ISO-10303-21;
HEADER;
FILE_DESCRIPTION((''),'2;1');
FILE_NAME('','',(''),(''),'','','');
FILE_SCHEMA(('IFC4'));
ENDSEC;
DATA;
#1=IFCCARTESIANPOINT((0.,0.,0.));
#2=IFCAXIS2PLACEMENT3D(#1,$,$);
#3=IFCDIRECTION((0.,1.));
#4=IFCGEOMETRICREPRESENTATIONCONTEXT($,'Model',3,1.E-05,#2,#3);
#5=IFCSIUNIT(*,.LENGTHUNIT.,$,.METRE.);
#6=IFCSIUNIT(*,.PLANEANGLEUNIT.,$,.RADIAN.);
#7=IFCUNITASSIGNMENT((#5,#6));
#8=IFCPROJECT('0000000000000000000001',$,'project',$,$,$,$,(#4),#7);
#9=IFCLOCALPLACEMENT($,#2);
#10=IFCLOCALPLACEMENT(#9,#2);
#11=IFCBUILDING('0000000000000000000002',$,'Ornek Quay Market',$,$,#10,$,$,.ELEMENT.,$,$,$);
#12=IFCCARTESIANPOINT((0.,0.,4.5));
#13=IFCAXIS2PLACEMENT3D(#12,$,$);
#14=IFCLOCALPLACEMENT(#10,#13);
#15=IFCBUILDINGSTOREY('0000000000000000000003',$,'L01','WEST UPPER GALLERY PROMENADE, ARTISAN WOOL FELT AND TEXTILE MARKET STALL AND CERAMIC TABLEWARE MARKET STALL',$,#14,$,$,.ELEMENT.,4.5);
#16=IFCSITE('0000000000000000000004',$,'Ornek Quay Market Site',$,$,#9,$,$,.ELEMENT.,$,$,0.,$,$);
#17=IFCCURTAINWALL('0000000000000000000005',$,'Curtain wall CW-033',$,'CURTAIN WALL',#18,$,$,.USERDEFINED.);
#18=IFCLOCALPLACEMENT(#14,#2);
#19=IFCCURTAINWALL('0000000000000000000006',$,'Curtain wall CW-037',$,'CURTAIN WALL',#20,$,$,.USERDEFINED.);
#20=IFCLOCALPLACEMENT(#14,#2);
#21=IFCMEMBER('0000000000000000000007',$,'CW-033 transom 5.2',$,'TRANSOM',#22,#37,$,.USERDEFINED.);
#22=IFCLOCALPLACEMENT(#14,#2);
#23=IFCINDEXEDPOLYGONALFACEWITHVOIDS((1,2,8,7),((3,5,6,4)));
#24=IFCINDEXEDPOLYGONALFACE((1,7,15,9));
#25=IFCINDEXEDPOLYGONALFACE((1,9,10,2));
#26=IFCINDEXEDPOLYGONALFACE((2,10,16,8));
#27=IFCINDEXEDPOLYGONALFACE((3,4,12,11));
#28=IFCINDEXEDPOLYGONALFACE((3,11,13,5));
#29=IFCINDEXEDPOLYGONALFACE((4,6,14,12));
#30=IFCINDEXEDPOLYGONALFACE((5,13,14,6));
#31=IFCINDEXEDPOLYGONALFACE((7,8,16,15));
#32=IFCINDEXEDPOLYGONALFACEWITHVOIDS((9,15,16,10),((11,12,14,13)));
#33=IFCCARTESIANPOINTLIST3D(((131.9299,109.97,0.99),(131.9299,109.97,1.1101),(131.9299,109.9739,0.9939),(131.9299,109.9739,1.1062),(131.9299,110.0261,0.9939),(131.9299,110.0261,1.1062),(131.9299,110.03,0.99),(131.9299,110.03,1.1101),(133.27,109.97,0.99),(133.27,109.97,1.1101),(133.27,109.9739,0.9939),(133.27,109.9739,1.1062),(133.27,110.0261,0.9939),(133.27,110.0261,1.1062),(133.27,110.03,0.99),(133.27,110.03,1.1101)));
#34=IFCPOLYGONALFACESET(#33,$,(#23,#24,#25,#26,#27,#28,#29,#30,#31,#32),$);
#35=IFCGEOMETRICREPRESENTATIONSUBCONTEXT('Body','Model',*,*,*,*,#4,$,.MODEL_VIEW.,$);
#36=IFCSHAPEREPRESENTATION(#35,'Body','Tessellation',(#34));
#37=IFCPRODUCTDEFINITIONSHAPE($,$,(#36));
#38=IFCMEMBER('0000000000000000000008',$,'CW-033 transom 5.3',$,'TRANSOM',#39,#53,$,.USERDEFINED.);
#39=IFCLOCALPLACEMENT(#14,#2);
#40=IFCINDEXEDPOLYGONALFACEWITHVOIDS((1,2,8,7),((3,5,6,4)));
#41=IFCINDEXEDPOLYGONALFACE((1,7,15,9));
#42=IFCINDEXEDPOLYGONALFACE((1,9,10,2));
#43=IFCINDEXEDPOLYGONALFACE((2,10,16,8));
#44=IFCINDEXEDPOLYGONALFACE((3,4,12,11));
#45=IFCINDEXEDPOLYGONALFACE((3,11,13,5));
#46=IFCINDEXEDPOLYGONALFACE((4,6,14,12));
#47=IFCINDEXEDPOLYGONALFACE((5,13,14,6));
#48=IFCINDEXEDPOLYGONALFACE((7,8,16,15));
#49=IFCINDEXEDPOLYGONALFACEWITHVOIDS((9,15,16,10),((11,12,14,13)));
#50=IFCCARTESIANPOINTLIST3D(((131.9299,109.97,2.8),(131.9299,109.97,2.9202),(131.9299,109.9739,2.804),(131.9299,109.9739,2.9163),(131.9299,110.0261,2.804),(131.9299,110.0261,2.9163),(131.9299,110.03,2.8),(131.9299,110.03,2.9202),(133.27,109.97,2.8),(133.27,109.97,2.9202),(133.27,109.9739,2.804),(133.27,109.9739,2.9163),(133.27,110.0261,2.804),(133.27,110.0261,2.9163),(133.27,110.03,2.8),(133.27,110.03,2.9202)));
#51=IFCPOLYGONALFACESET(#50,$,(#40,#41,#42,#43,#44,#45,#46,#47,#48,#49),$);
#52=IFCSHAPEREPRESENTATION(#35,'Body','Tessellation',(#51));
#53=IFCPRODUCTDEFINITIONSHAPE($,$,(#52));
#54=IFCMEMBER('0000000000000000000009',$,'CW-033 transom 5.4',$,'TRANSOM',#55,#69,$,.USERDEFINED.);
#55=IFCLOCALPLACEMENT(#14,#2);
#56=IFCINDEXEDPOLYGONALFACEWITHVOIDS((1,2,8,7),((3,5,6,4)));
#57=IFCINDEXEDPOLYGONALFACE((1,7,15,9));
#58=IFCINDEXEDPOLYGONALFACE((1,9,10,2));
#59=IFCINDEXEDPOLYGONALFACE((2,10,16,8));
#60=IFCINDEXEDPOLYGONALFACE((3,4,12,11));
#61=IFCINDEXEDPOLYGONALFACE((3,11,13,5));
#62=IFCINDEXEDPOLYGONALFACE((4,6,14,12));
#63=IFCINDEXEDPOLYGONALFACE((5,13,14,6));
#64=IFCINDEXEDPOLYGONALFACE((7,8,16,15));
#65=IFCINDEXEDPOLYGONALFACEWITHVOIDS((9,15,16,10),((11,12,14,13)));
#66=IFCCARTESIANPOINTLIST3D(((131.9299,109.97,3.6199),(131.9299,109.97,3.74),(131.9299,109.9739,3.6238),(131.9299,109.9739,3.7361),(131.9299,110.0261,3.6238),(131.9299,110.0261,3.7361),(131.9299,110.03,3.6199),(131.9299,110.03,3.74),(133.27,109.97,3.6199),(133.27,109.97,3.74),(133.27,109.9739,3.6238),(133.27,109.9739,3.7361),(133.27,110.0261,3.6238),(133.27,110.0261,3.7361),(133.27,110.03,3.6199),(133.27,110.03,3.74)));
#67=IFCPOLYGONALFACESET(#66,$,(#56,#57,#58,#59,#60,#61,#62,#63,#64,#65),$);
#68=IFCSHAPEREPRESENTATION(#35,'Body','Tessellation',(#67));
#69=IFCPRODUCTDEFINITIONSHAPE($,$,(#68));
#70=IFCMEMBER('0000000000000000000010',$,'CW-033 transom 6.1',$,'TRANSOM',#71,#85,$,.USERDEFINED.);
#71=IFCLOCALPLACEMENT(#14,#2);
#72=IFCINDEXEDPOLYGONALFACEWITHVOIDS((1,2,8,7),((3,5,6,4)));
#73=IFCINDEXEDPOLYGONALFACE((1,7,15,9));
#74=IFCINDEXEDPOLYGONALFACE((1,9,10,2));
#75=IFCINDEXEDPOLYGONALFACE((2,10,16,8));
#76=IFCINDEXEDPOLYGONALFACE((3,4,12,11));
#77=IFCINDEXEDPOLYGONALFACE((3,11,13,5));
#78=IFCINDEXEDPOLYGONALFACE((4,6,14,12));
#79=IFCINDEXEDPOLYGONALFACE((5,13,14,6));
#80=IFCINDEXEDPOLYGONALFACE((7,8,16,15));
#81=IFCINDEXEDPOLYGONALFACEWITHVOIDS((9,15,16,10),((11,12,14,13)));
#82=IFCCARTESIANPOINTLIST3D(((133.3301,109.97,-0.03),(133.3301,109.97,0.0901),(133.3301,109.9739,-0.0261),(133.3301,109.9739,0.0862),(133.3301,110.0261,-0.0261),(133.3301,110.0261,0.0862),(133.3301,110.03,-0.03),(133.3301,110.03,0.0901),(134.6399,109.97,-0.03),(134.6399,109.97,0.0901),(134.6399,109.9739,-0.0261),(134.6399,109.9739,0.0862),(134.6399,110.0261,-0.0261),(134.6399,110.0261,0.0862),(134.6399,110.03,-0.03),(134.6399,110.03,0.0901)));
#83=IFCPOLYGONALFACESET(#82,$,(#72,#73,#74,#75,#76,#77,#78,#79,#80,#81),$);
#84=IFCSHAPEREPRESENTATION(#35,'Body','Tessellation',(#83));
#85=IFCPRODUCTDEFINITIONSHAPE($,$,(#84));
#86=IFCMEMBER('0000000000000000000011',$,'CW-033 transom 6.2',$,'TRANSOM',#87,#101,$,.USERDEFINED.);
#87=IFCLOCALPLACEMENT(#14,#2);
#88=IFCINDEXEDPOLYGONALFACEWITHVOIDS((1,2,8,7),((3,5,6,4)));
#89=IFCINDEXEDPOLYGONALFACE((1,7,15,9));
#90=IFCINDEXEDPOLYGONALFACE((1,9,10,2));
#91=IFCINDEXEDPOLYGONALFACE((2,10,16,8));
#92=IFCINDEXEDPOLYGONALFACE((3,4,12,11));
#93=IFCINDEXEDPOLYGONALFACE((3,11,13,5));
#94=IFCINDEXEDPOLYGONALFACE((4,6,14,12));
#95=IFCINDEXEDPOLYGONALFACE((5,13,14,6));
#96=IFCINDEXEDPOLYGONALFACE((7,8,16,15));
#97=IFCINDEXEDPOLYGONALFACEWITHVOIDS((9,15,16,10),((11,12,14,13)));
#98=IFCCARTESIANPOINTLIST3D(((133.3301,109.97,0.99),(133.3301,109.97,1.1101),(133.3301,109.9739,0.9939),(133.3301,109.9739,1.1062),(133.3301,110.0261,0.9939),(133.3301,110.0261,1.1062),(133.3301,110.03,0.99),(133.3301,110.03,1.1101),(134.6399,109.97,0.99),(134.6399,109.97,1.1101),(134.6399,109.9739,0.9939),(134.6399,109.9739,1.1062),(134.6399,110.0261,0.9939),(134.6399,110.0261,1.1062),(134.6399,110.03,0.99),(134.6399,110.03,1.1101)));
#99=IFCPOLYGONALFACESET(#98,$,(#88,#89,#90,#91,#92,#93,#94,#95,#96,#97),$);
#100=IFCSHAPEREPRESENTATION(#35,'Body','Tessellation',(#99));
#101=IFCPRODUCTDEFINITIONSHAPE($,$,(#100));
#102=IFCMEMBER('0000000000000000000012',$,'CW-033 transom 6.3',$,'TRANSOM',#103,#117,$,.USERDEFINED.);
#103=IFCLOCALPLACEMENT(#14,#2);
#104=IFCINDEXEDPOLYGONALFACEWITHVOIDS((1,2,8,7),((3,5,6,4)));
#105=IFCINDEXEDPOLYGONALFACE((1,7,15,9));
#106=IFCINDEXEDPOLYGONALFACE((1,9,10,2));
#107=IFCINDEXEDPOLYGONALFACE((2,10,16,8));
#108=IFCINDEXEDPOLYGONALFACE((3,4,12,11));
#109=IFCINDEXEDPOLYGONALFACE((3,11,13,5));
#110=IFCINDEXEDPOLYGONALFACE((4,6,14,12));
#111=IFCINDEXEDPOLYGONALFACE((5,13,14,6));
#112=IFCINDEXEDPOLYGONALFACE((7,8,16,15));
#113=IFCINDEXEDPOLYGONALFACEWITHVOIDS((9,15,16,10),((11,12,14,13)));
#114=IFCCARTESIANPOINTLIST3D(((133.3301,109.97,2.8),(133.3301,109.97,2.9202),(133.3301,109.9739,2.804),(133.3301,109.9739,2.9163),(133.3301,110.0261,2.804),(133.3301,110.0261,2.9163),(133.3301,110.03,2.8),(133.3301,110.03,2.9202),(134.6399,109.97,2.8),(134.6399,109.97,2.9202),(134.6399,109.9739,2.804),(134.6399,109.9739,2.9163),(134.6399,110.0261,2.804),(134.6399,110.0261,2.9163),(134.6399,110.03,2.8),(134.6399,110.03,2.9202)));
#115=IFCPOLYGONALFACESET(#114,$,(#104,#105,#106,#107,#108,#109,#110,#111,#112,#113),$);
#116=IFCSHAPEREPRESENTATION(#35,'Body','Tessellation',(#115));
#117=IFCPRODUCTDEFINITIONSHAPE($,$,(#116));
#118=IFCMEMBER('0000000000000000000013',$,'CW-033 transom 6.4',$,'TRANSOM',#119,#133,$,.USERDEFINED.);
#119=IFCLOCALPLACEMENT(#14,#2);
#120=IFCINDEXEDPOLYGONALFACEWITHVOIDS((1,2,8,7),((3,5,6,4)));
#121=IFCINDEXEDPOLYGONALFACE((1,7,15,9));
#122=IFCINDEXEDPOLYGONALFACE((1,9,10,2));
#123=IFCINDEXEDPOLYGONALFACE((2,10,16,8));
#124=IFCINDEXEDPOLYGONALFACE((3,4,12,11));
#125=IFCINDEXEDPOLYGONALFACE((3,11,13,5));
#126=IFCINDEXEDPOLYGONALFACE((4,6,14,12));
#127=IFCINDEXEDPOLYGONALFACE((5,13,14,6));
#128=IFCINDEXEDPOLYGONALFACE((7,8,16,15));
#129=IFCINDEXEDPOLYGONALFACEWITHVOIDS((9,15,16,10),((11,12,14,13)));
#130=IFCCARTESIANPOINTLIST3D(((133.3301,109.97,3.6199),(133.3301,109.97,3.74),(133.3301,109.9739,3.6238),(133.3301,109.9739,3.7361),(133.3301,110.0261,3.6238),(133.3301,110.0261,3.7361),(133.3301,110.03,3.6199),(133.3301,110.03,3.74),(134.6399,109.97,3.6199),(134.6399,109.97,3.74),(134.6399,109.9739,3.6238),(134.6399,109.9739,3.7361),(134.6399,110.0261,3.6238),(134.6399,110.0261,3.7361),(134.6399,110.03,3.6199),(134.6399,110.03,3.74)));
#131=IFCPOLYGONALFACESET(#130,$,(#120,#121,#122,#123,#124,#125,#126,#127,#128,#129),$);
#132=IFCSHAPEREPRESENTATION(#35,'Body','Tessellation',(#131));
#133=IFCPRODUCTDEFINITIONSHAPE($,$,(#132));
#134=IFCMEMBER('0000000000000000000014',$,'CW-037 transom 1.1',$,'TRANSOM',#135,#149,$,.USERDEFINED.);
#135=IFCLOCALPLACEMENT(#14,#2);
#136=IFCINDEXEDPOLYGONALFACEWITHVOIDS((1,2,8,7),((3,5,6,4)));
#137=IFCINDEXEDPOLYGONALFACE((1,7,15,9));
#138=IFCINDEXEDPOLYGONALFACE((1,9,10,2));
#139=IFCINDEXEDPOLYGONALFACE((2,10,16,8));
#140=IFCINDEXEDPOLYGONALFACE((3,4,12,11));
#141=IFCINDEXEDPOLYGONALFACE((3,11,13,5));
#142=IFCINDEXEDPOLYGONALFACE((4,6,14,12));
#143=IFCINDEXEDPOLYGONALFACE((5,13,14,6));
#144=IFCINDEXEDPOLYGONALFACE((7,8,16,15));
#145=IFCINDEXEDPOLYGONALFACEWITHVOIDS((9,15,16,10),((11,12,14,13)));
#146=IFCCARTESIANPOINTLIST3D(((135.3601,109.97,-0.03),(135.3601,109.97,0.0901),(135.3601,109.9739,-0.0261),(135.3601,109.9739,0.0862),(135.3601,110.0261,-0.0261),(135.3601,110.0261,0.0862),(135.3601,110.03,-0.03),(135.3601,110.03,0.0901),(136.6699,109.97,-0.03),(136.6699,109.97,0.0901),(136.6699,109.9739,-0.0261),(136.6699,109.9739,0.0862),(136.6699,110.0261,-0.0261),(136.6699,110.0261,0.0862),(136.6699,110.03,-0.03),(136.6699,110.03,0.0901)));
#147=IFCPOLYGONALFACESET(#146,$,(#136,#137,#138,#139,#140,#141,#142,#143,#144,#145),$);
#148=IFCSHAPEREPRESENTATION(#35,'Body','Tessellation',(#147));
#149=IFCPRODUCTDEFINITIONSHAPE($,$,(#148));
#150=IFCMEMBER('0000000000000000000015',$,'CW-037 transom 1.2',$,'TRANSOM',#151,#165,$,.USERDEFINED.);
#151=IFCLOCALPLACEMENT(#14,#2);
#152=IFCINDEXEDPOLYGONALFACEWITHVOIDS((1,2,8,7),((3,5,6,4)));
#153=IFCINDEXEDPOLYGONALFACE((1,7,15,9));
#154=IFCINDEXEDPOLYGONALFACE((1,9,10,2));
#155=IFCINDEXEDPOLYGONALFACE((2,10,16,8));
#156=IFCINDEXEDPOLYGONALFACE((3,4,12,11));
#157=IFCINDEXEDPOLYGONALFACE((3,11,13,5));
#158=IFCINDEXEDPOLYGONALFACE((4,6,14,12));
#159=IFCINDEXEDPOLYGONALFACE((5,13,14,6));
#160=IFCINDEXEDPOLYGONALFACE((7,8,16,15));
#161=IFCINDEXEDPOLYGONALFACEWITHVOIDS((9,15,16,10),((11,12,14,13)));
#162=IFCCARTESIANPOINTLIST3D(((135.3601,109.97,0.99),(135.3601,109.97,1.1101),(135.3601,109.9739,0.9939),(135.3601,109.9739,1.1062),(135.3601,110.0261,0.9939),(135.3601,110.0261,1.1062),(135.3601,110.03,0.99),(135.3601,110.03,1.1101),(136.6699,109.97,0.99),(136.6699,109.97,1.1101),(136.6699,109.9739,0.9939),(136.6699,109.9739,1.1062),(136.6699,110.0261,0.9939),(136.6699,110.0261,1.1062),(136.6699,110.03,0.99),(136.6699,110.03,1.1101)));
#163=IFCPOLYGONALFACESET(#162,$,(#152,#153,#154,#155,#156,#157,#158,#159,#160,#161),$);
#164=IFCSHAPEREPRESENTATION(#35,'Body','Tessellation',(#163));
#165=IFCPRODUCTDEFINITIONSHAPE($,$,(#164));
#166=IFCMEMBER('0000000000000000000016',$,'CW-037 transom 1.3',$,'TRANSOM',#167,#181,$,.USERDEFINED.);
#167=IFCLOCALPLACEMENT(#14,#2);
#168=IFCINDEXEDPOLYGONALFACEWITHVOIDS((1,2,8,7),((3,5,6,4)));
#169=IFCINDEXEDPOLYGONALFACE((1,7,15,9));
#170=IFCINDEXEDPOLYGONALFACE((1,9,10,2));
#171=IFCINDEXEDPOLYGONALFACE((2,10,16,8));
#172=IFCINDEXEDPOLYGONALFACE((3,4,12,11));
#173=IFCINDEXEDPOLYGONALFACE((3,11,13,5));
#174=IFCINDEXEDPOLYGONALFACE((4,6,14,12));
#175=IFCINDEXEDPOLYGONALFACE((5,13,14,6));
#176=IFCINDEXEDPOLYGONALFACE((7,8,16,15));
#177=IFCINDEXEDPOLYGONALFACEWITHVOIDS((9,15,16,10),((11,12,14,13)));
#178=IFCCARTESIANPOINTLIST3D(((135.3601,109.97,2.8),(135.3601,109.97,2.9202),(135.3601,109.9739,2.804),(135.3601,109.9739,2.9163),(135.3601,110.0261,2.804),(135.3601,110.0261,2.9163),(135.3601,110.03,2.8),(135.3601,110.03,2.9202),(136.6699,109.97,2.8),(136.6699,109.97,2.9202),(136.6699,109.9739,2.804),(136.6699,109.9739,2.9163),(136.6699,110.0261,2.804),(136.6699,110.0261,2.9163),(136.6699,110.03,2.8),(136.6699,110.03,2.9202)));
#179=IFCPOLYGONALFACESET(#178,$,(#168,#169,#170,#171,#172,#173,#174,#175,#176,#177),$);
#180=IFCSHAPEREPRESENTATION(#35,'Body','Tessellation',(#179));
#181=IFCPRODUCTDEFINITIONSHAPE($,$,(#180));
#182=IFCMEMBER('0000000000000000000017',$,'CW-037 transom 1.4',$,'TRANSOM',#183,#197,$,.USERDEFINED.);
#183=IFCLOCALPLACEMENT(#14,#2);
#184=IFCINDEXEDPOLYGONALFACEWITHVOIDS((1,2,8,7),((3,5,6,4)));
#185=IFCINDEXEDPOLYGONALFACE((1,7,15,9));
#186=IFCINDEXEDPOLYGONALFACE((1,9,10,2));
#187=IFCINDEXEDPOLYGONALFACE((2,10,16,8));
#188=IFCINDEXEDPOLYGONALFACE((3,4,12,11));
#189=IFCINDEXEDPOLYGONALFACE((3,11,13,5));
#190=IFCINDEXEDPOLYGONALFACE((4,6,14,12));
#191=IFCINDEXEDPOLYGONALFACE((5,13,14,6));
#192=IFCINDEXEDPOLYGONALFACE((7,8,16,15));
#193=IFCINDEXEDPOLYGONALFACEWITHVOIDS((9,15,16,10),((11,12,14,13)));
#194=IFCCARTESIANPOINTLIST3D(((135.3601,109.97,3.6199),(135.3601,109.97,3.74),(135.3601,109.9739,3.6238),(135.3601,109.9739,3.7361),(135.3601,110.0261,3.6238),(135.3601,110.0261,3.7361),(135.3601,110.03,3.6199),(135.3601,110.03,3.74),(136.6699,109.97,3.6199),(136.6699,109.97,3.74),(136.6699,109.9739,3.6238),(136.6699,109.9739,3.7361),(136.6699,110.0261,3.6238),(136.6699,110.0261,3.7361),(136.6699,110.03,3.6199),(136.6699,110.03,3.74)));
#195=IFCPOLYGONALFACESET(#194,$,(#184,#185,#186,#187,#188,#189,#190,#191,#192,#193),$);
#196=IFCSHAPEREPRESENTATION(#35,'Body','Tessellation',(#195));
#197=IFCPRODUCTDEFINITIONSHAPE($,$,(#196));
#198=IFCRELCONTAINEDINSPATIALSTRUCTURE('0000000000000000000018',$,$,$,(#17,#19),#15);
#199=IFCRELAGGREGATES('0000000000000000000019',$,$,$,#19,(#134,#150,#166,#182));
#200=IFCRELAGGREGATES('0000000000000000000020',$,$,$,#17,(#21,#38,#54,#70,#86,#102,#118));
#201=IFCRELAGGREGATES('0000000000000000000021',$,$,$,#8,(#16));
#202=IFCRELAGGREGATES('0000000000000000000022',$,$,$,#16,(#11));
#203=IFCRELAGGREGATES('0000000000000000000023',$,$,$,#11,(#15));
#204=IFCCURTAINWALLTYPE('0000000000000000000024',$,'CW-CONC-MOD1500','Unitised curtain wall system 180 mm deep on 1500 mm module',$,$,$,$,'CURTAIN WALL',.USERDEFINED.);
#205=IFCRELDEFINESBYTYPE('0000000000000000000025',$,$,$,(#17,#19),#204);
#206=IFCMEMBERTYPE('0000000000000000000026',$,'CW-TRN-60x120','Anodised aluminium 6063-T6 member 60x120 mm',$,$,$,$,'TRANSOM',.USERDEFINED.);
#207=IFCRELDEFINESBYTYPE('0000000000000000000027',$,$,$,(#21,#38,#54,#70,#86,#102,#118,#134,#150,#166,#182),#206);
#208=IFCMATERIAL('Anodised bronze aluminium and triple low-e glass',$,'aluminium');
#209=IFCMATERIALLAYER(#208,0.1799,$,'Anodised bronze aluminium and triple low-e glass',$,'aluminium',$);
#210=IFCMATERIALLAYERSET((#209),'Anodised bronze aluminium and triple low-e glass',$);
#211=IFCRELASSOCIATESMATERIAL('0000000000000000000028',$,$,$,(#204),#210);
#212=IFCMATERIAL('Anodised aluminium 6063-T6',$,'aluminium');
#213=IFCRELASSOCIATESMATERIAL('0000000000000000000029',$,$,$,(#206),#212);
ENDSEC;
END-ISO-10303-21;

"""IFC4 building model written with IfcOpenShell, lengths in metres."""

from ifc_helpers import new_model, si_unit, direction, frame, origin, origin_2d, place, context, subcontext, project, spatial, hollow_rectangle, extrude, material, layer, layer_set, material_profile, profile_set, type_object, element, aggregate, save


model = new_model("IFC4")

# Units and contexts
model_context = context("Model", 3, precision=1e-05, world=origin(), true_north=direction((0.0, 1.0)))
body_context = subcontext(model_context, "Body", "Model", "MODEL_VIEW")
ifc_project = project(units=[si_unit("LENGTHUNIT", "METRE"), si_unit("PLANEANGLEUNIT", "RADIAN")], contexts=[model_context])

# Site, building, storey
site_placement = place(None, origin())
site = spatial("IfcSite", under=ifc_project, at=site_placement, Name="Ornek Quay Market Site", CompositionType="ELEMENT", RefElevation=0.0)
building_placement = place(site_placement, origin())
building = spatial("IfcBuilding", under=site, at=building_placement, Name="Ornek Quay Market", CompositionType="ELEMENT")
storey_placement = place(building_placement, frame((0.0, 0.0, 4.5)))
storey = spatial("IfcBuildingStorey", under=building, at=storey_placement, Name="L01", Description="WEST UPPER GALLERY PROMENADE, ARTISAN WOOL FELT AND TEXTILE MARKET STALL AND CERAMIC TABLEWARE MARKET STALL", CompositionType="ELEMENT", Elevation=4.5)

# Curtain wall
ifc_material_1 = material(Name="Anodised bronze aluminium and triple low-e glass", Category="aluminium")
ifc_layer_1 = layer(ifc_material_1, 0.1799, Name="Anodised bronze aluminium and triple low-e glass", Category="aluminium")
ifc_layer_set_1 = layer_set([ifc_layer_1], Name="Anodised bronze aluminium and triple low-e glass")
curtain_wall_type = type_object("IfcCurtainWallType", Name="CW-CONC-MOD1500", Description="Unitised curtain wall system 180 mm deep on 1500 mm module", ElementType="CURTAIN WALL", PredefinedType="USERDEFINED", material=ifc_layer_set_1)
curtain_wall_1_placement = place(storey_placement, origin())
curtain_wall_1 = element("IfcCurtainWall", 1, at=curtain_wall_1_placement, inside=storey, type_object=curtain_wall_type, Name="Curtain wall CW-033", ObjectType="CURTAIN WALL", PredefinedType="USERDEFINED")
ifc_material_2 = material(Name="Anodised aluminium 6063-T6", Category="aluminium")

# Curtain wall
curtain_wall_2_placement = place(storey_placement, origin())
curtain_wall_2 = element("IfcCurtainWall", 2, at=curtain_wall_2_placement, inside=storey, type_object=curtain_wall_type, Name="Curtain wall CW-037", ObjectType="CURTAIN WALL", PredefinedType="USERDEFINED")

# Members
ifc_material_profile_1 = material_profile(ifc_material_2, hollow_rectangle(XDim=0.0601, YDim=0.1201, WallThickness=0.0039, at=origin_2d()), Name="CW-TRN-60x120", Category="aluminium")
ifc_profile_set_1 = profile_set([ifc_material_profile_1], Name="Anodised aluminium 6063-T6")
member_type_1 = type_object("IfcMemberType", Name="CW-TRN-60x120", Description="Anodised aluminium 6063-T6 member 60x120 mm", ElementType="TRANSOM", PredefinedType="USERDEFINED", material=ifc_profile_set_1)
member_1_placement = place(storey_placement, frame((131.9299, 110.0, 1.05), z_axis=(1.0, 0.0, 0.0), x_axis=(0.0, 1.0, 0.0)))
member_1 = element("IfcMember", 3, at=member_1_placement, type_object=member_type_1, Name="CW-033 transom 5.2", ObjectType="TRANSOM", PredefinedType="USERDEFINED", context=body_context, shape_type="SweptSolid", body=[
    extrude(hollow_rectangle(XDim=0.0601, YDim=0.1201, WallThickness=0.0039, at=origin_2d()), origin(), (0.0, 0.0, 1.0), 1.3401),
])
member_2_placement = place(storey_placement, frame((131.9299, 110.0, 2.8601), z_axis=(1.0, 0.0, 0.0), x_axis=(0.0, 1.0, 0.0)))
member_2 = element("IfcMember", 4, at=member_2_placement, type_object=member_type_1, Name="CW-033 transom 5.3", ObjectType="TRANSOM", PredefinedType="USERDEFINED", context=body_context, shape_type="SweptSolid", body=[
    extrude(hollow_rectangle(XDim=0.0601, YDim=0.1201, WallThickness=0.0039, at=origin_2d()), origin(), (0.0, 0.0, 1.0), 1.3401),
])
member_3_placement = place(storey_placement, frame((131.9299, 110.0, 3.6799), z_axis=(1.0, 0.0, 0.0), x_axis=(0.0, 1.0, 0.0)))
member_3 = element("IfcMember", 5, at=member_3_placement, type_object=member_type_1, Name="CW-033 transom 5.4", ObjectType="TRANSOM", PredefinedType="USERDEFINED", context=body_context, shape_type="SweptSolid", body=[
    extrude(hollow_rectangle(XDim=0.0601, YDim=0.1201, WallThickness=0.0039, at=origin_2d()), origin(), (0.0, 0.0, 1.0), 1.3401),
])
member_4_placement = place(storey_placement, frame((133.3301, 110.0, 0.03), z_axis=(1.0, 0.0, 0.0), x_axis=(0.0, 1.0, 0.0)))
member_4 = element("IfcMember", 6, at=member_4_placement, type_object=member_type_1, Name="CW-033 transom 6.1", ObjectType="TRANSOM", PredefinedType="USERDEFINED", context=body_context, shape_type="SweptSolid", body=[
    extrude(hollow_rectangle(XDim=0.0601, YDim=0.1201, WallThickness=0.0039, at=origin_2d()), origin(), (0.0, 0.0, 1.0), 1.3098),
])
member_5_placement = place(storey_placement, frame((133.3301, 110.0, 1.05), z_axis=(1.0, 0.0, 0.0), x_axis=(0.0, 1.0, 0.0)))
member_5 = element("IfcMember", 7, at=member_5_placement, type_object=member_type_1, Name="CW-033 transom 6.2", ObjectType="TRANSOM", PredefinedType="USERDEFINED", context=body_context, shape_type="SweptSolid", body=[
    extrude(hollow_rectangle(XDim=0.0601, YDim=0.1201, WallThickness=0.0039, at=origin_2d()), origin(), (0.0, 0.0, 1.0), 1.3098),
])
member_6_placement = place(storey_placement, frame((133.3301, 110.0, 2.8601), z_axis=(1.0, 0.0, 0.0), x_axis=(0.0, 1.0, 0.0)))
member_6 = element("IfcMember", 8, at=member_6_placement, type_object=member_type_1, Name="CW-033 transom 6.3", ObjectType="TRANSOM", PredefinedType="USERDEFINED", context=body_context, shape_type="SweptSolid", body=[
    extrude(hollow_rectangle(XDim=0.0601, YDim=0.1201, WallThickness=0.0039, at=origin_2d()), origin(), (0.0, 0.0, 1.0), 1.3098),
])
member_7_placement = place(storey_placement, frame((133.3301, 110.0, 3.6799), z_axis=(1.0, 0.0, 0.0), x_axis=(0.0, 1.0, 0.0)))
member_7 = element("IfcMember", 9, at=member_7_placement, type_object=member_type_1, Name="CW-033 transom 6.4", ObjectType="TRANSOM", PredefinedType="USERDEFINED", context=body_context, shape_type="SweptSolid", body=[
    extrude(hollow_rectangle(XDim=0.0601, YDim=0.1201, WallThickness=0.0039, at=origin_2d()), origin(), (0.0, 0.0, 1.0), 1.3098),
])
member_8_placement = place(storey_placement, frame((135.3601, 110.0, 0.03), z_axis=(1.0, 0.0, 0.0), x_axis=(0.0, 1.0, 0.0)))
member_8 = element("IfcMember", 10, at=member_8_placement, type_object=member_type_1, Name="CW-037 transom 1.1", ObjectType="TRANSOM", PredefinedType="USERDEFINED", context=body_context, shape_type="SweptSolid", body=[
    extrude(hollow_rectangle(XDim=0.0601, YDim=0.1201, WallThickness=0.0039, at=origin_2d()), origin(), (0.0, 0.0, 1.0), 1.3098),
])
member_9_placement = place(storey_placement, frame((135.3601, 110.0, 1.05), z_axis=(1.0, 0.0, 0.0), x_axis=(0.0, 1.0, 0.0)))
member_9 = element("IfcMember", 11, at=member_9_placement, type_object=member_type_1, Name="CW-037 transom 1.2", ObjectType="TRANSOM", PredefinedType="USERDEFINED", context=body_context, shape_type="SweptSolid", body=[
    extrude(hollow_rectangle(XDim=0.0601, YDim=0.1201, WallThickness=0.0039, at=origin_2d()), origin(), (0.0, 0.0, 1.0), 1.3098),
])
member_10_placement = place(storey_placement, frame((135.3601, 110.0, 2.8601), z_axis=(1.0, 0.0, 0.0), x_axis=(0.0, 1.0, 0.0)))
member_10 = element("IfcMember", 12, at=member_10_placement, type_object=member_type_1, Name="CW-037 transom 1.3", ObjectType="TRANSOM", PredefinedType="USERDEFINED", context=body_context, shape_type="SweptSolid", body=[
    extrude(hollow_rectangle(XDim=0.0601, YDim=0.1201, WallThickness=0.0039, at=origin_2d()), origin(), (0.0, 0.0, 1.0), 1.3098),
])
member_11_placement = place(storey_placement, frame((135.3601, 110.0, 3.6799), z_axis=(1.0, 0.0, 0.0), x_axis=(0.0, 1.0, 0.0)))
member_11 = element("IfcMember", 13, at=member_11_placement, type_object=member_type_1, Name="CW-037 transom 1.4", ObjectType="TRANSOM", PredefinedType="USERDEFINED", context=body_context, shape_type="SweptSolid", body=[
    extrude(hollow_rectangle(XDim=0.0601, YDim=0.1201, WallThickness=0.0039, at=origin_2d()), origin(), (0.0, 0.0, 1.0), 1.3098),
])
aggregate(curtain_wall_2, [member_8, member_9, member_10, member_11])

aggregate(curtain_wall_1, [member_1, member_2, member_3, member_4, member_5, member_6, member_7])

save(model, "model.ifc")
